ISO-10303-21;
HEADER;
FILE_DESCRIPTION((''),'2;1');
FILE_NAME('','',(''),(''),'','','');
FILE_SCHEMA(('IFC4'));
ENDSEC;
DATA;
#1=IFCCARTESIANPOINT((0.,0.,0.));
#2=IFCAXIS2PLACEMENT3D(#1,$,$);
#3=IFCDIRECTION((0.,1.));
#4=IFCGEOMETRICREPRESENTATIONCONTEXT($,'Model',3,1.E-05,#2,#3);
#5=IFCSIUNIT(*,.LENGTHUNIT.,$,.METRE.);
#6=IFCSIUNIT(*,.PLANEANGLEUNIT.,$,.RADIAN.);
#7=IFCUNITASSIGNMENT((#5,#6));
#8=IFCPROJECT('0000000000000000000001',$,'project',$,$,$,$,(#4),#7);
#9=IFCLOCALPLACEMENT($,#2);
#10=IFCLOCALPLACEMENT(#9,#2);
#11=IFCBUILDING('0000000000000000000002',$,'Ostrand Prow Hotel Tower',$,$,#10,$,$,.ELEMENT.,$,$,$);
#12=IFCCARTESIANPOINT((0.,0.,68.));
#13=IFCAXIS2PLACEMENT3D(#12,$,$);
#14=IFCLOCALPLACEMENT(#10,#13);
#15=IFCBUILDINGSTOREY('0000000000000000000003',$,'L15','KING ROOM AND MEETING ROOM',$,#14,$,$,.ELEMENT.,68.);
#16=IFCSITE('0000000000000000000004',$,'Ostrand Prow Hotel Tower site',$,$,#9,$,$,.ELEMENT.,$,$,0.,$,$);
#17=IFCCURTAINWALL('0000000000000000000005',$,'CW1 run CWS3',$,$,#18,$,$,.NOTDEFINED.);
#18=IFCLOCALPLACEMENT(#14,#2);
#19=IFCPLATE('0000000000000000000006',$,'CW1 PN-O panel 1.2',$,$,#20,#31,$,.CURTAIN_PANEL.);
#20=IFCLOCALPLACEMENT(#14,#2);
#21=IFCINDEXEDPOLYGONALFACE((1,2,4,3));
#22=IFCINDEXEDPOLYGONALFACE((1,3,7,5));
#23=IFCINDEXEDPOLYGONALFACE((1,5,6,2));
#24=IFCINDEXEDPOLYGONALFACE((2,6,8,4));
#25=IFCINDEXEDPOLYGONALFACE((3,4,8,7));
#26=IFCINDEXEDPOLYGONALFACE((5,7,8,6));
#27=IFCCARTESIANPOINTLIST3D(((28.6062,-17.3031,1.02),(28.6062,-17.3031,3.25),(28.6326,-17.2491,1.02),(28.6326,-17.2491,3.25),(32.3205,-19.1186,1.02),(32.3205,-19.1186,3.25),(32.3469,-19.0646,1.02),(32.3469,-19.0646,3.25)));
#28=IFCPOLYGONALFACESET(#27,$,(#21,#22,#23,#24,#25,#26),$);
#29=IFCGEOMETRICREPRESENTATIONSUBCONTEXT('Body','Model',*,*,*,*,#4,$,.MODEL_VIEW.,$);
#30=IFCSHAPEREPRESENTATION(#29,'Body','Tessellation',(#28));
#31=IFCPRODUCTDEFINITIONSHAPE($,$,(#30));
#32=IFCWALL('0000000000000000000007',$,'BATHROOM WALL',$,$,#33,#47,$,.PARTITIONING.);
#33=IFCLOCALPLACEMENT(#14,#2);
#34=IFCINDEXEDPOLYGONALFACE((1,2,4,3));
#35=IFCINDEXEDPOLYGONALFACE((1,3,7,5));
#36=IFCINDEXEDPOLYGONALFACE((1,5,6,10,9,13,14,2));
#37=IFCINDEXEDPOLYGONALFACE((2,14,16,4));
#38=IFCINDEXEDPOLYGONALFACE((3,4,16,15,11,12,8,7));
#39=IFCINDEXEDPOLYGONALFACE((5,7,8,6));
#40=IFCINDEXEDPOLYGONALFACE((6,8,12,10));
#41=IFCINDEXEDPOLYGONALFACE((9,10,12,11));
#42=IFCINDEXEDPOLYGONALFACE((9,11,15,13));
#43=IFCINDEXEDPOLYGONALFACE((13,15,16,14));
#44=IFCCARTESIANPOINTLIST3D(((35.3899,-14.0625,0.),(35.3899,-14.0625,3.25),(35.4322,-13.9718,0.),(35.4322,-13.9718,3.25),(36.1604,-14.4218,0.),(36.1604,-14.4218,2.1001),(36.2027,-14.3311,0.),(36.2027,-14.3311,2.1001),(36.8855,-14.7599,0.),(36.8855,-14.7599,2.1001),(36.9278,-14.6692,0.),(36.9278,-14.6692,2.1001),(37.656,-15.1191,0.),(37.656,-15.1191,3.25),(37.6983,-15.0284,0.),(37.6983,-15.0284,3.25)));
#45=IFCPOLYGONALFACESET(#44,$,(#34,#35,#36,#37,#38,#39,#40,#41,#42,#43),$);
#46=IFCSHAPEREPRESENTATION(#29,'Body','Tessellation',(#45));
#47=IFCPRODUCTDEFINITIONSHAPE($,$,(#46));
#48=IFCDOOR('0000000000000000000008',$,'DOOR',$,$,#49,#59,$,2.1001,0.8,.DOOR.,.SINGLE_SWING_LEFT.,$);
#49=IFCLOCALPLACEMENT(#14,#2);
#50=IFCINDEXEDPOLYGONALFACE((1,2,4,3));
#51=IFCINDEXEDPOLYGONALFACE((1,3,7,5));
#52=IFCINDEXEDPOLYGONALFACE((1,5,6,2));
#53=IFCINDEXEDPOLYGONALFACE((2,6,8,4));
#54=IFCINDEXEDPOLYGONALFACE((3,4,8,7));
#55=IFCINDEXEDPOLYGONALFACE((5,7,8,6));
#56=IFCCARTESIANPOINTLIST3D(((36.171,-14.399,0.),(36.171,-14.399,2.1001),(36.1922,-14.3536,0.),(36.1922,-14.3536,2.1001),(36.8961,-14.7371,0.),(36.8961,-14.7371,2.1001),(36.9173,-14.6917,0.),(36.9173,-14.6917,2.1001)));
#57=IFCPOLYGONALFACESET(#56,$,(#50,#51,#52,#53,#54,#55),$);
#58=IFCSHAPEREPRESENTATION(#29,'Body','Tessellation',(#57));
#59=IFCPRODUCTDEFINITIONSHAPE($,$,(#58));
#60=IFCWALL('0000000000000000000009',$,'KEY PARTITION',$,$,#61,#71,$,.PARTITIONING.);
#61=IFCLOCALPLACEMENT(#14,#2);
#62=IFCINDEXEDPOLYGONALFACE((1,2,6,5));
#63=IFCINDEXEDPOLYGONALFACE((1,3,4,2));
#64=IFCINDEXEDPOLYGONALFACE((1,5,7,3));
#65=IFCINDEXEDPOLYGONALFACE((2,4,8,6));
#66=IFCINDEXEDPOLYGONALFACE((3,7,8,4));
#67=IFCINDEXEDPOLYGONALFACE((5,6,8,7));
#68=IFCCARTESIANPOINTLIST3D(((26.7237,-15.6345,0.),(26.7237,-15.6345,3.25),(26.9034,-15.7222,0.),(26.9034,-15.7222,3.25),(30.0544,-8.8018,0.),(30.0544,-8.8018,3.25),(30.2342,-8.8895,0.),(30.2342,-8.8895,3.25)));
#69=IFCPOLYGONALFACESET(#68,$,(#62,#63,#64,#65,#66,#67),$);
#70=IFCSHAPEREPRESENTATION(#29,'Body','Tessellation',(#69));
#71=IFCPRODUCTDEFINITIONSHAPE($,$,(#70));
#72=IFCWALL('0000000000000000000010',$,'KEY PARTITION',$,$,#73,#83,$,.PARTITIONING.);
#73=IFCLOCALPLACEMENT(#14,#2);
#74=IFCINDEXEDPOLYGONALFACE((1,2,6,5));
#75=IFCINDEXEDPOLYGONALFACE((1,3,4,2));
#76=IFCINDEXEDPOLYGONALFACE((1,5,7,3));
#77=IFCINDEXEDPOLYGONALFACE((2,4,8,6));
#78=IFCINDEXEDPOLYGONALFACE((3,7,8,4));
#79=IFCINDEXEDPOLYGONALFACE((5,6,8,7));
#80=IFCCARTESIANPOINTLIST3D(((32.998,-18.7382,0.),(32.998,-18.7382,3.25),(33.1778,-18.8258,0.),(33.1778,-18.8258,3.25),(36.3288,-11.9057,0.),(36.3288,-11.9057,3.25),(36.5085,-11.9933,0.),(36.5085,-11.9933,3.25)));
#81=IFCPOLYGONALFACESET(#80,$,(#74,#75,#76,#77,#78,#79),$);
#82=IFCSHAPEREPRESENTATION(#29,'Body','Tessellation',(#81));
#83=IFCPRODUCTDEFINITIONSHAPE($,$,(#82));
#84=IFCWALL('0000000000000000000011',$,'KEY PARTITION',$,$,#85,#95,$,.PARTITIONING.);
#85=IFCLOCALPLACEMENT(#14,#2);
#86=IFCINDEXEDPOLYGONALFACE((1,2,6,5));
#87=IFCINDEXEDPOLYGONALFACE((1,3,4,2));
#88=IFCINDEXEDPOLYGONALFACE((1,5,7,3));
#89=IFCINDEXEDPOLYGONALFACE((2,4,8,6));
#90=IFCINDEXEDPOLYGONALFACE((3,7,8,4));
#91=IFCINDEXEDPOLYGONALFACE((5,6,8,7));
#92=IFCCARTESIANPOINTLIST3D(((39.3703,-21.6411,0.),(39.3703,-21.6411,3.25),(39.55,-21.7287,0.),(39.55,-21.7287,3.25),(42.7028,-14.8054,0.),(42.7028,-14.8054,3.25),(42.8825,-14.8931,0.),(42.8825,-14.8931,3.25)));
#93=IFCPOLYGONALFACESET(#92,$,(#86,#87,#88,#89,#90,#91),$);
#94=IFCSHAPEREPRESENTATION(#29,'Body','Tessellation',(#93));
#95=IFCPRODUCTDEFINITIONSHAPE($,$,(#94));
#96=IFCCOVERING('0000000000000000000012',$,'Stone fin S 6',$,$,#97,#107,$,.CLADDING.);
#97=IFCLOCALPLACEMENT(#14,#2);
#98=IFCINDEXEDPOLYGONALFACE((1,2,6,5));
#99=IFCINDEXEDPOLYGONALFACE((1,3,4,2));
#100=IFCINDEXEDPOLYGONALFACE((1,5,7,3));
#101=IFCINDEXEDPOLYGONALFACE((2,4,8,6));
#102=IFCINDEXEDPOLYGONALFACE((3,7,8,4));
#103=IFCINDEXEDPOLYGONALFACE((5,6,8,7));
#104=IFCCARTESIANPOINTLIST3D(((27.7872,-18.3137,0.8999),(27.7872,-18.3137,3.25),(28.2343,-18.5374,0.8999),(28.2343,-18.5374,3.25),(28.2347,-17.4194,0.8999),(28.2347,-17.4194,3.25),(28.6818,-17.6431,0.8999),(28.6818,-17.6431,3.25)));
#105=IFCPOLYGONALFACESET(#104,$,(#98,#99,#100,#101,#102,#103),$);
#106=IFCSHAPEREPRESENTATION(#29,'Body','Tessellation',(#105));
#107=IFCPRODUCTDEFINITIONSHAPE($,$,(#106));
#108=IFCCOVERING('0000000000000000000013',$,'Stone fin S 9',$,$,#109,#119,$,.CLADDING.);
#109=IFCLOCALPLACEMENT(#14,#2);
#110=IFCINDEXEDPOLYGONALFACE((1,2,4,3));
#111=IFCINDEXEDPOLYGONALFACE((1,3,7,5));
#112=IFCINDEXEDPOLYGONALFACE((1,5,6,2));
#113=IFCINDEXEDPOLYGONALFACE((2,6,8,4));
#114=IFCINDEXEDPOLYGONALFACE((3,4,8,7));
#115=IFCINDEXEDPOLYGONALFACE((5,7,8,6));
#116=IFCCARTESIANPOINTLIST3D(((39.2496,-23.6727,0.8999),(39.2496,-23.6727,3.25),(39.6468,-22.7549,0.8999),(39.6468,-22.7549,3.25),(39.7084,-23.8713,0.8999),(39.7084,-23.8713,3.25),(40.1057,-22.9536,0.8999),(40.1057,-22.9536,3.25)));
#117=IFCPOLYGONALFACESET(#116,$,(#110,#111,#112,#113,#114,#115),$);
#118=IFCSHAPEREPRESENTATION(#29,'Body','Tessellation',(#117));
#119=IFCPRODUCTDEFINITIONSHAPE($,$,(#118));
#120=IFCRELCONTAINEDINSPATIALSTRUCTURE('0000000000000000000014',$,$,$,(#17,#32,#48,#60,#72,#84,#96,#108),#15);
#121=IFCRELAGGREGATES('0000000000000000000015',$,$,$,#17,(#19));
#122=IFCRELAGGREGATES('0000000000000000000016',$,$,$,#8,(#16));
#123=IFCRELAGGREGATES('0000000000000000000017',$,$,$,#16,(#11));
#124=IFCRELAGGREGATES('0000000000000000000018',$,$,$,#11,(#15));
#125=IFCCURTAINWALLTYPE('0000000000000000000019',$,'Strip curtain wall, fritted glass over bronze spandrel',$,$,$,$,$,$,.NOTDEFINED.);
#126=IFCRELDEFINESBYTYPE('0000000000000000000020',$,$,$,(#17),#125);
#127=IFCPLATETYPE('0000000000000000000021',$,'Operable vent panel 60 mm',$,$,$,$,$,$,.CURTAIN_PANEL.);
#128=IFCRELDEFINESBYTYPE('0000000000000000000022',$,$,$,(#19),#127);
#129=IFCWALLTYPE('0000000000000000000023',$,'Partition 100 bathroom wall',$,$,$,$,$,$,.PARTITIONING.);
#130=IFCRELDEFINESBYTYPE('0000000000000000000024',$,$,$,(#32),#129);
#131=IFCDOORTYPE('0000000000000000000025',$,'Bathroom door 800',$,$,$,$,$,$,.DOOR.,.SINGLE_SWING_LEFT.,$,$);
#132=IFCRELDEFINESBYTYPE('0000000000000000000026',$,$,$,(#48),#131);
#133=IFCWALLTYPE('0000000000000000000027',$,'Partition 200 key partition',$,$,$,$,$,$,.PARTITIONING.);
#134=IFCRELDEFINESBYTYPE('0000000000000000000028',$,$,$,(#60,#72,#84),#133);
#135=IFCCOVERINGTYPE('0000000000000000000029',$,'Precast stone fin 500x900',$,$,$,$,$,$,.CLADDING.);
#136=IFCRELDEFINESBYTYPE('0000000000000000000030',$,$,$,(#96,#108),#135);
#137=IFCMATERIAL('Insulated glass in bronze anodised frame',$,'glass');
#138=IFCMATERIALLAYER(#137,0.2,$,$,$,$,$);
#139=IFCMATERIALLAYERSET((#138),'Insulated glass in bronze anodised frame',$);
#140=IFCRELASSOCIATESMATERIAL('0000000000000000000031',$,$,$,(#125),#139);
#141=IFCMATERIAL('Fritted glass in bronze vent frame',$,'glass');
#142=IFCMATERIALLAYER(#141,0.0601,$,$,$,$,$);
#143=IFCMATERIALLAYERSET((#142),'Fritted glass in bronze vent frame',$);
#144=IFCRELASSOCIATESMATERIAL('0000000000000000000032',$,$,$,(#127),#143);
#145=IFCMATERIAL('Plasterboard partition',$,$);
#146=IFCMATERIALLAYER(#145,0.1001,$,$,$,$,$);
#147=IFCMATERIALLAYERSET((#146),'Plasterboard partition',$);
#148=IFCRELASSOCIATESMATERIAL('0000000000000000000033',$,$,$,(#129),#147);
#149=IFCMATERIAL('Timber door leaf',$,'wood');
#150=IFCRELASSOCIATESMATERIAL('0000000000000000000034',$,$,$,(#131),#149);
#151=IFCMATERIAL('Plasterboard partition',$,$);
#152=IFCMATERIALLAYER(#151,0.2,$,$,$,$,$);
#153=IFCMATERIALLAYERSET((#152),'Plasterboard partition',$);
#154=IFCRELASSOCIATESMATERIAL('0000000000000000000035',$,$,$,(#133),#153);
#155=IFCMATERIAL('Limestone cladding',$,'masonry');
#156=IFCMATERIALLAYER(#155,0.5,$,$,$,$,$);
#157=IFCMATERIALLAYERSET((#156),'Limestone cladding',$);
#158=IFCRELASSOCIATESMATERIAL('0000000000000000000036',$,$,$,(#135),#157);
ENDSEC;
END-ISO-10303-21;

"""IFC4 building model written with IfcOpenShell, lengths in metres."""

from ifc_helpers import new_model, si_unit, direction, frame, frame_2d, origin, origin_2d, place, context, subcontext, project, spatial, rectangle, extrude, material, layer, layer_set, type_object, element, fill, aggregate, save


model = new_model("IFC4")

# Units and contexts
model_context = context("Model", 3, precision=1e-05, world=origin(), true_north=direction((0.0, 1.0)))
body_context = subcontext(model_context, "Body", "Model", "MODEL_VIEW")
ifc_project = project(units=[si_unit("LENGTHUNIT", "METRE"), si_unit("PLANEANGLEUNIT", "RADIAN")], contexts=[model_context])

# Site, building, storey
site_placement = place(None, origin())
site = spatial("IfcSite", under=ifc_project, at=site_placement, Name="Ostrand Prow Hotel Tower site", CompositionType="ELEMENT", RefElevation=0.0)
building_placement = place(site_placement, origin())
building = spatial("IfcBuilding", under=site, at=building_placement, Name="Ostrand Prow Hotel Tower", CompositionType="ELEMENT")
storey_placement = place(building_placement, frame((0.0, 0.0, 68.0)))
storey = spatial("IfcBuildingStorey", under=building, at=storey_placement, Name="L15", Description="KING ROOM AND MEETING ROOM", CompositionType="ELEMENT", Elevation=68.0)

# Shared definitions
ifc_material_1 = material(Name="Insulated glass in bronze anodised frame", Category="glass")
ifc_layer_1 = layer(ifc_material_1, 0.2)
ifc_layer_set_1 = layer_set([ifc_layer_1], Name="Insulated glass in bronze anodised frame")
curtain_wall_type = type_object("IfcCurtainWallType", Name="Strip curtain wall, fritted glass over bronze spandrel", PredefinedType="NOTDEFINED", material=ifc_layer_set_1)

# Curtain wall
curtain_wall_1_placement = place(storey_placement, origin())
curtain_wall_1 = element("IfcCurtainWall", 1, at=curtain_wall_1_placement, inside=storey, type_object=curtain_wall_type, Name="CW1 run CWS3", PredefinedType="NOTDEFINED")

# Plate
ifc_material_2 = material(Name="Fritted glass in bronze vent frame", Category="glass")
ifc_layer_2 = layer(ifc_material_2, 0.0601)
ifc_layer_set_2 = layer_set([ifc_layer_2], Name="Fritted glass in bronze vent frame")
plate_type_1 = type_object("IfcPlateType", Name="Operable vent panel 60 mm", PredefinedType="CURTAIN_PANEL", material=ifc_layer_set_2)
plate_1_placement = place(storey_placement, frame((30.4766, -18.1838, 1.02), z_axis=(0.0, 0.0, 1.0), x_axis=(0.89842, -0.439138, 0.0)))
plate_1 = element("IfcPlate", 2, at=plate_1_placement, type_object=plate_type_1, Name="CW1 PN-O panel 1.2", PredefinedType="CURTAIN_PANEL", context=body_context, shape_type="SweptSolid", body=[
    extrude(rectangle(XDim=4.1343, YDim=0.0601, at=origin_2d()), origin(), (0.0, 0.0, 1.0), 2.23),
])
aggregate(curtain_wall_1, [plate_1])

# Wall, opening, door
ifc_material_3 = material(Name="Plasterboard partition")
ifc_layer_3 = layer(ifc_material_3, 0.1001)
ifc_layer_set_3 = layer_set([ifc_layer_3], Name="Plasterboard partition")
wall_type_1 = type_object("IfcWallType", Name="Partition 100 bathroom wall", PredefinedType="PARTITIONING", material=ifc_layer_set_3)
wall_1_placement = place(storey_placement, frame((37.677, -15.0737, 0.0), z_axis=(0.0, 0.0, 1.0), x_axis=(-0.906318, 0.422597, 0.0)))
wall_1 = element("IfcWall", 3, at=wall_1_placement, inside=storey, type_object=wall_type_1, Name="BATHROOM WALL", PredefinedType="PARTITIONING", context=body_context, shape_type="SweptSolid", body=[
    extrude(rectangle(XDim=2.5002, YDim=0.1001, at=frame_2d((1.25, 0.0))), origin(), (0.0, 0.0, 1.0), 3.25),
])
opening_placement = place(wall_1_placement, frame((0.8501, 0.0, 0.0)))
opening = element("IfcOpeningElement", 4, at=opening_placement, cuts=wall_1, PredefinedType="OPENING", context=body_context, shape_type="SweptSolid", body=[
    extrude(rectangle(XDim=0.8, YDim=2.1001, at=frame_2d((0.3999, 1.05))), frame((0.0, 0.0601, 0.0), z_axis=(0.0, -1.0, 0.0), x_axis=(1.0, 0.0, 0.0)), (0.0, 0.0, 1.0), 0.1201),
])
ifc_material_4 = material(Name="Timber door leaf", Category="wood")
door_type = type_object("IfcDoorType", Name="Bathroom door 800", OperationType="SINGLE_SWING_LEFT", PredefinedType="DOOR", material=ifc_material_4)
door_placement = place(opening_placement, origin())
door = element("IfcDoor", 5, at=door_placement, inside=storey, type_object=door_type, Name="DOOR", OperationType="SINGLE_SWING_LEFT", OverallHeight=2.1001, OverallWidth=0.8, PredefinedType="DOOR", context=body_context, shape_type="SweptSolid", body=[
    extrude(rectangle(XDim=0.8, YDim=2.1001, at=frame_2d((0.3999, 1.05))), frame((0.0, 0.0249, 0.0), z_axis=(0.0, -1.0, 0.0), x_axis=(1.0, 0.0, 0.0)), (0.0, 0.0, 1.0), 0.05),
])
fill(opening, door)

# Walls
ifc_material_5 = material(Name="Plasterboard partition")
ifc_layer_4 = layer(ifc_material_5, 0.2)
ifc_layer_set_4 = layer_set([ifc_layer_4], Name="Plasterboard partition")
wall_type_2 = type_object("IfcWallType", Name="Partition 200 key partition", PredefinedType="PARTITIONING", material=ifc_layer_set_4)
wall_2_placement = place(storey_placement, frame((26.8135, -15.6785, 0.0), z_axis=(0.0, 0.0, 1.0), x_axis=(0.438185, 0.898885, 0.0)))
element("IfcWall", 6, at=wall_2_placement, inside=storey, type_object=wall_type_2, Name="KEY PARTITION", PredefinedType="PARTITIONING", context=body_context, shape_type="SweptSolid", body=[
    extrude(rectangle(XDim=7.6013, YDim=0.2, at=frame_2d((3.8008, 0.0))), origin(), (0.0, 0.0, 1.0), 3.25),
])
wall_3_placement = place(storey_placement, frame((33.0879, -18.782, 0.0), z_axis=(0.0, 0.0, 1.0), x_axis=(0.438198, 0.898879, 0.0)))
element("IfcWall", 7, at=wall_3_placement, inside=storey, type_object=wall_type_2, Name="KEY PARTITION", PredefinedType="PARTITIONING", context=body_context, shape_type="SweptSolid", body=[
    extrude(rectangle(XDim=7.6011, YDim=0.2, at=frame_2d((3.8005, 0.0))), origin(), (0.0, 0.0, 1.0), 3.25),
])
wall_4_placement = place(storey_placement, frame((39.4602, -21.6848, 0.0), z_axis=(0.0, 0.0, 1.0), x_axis=(0.438215, 0.89887, 0.0)))
element("IfcWall", 8, at=wall_4_placement, inside=storey, type_object=wall_type_2, Name="KEY PARTITION", PredefinedType="PARTITIONING", context=body_context, shape_type="SweptSolid", body=[
    extrude(rectangle(XDim=7.6047, YDim=0.2, at=frame_2d((3.8022, 0.0))), origin(), (0.0, 0.0, 1.0), 3.25),
])

# Coverings
ifc_material_6 = material(Name="Limestone cladding", Category="masonry")
ifc_layer_5 = layer(ifc_material_6, 0.5)
ifc_layer_set_5 = layer_set([ifc_layer_5], Name="Limestone cladding")
covering_type = type_object("IfcCoveringType", Name="Precast stone fin 500x900", PredefinedType="CLADDING", material=ifc_layer_set_5)
for number, where, z_axis, x_axis, name in (
    (9, (28.4583, -17.5312, 0.8999), (0.0, 0.0, 1.0), (-0.447507, -0.894281, 0.0), "Stone fin S 6"),
    (10, (39.8762, -22.8542, 0.8999), (0.0, 0.0, 1.0), (-0.397217, -0.917725, 0.0), "Stone fin S 9"),
):
    element("IfcCovering", number, at=place(storey_placement, frame(where, z_axis=z_axis, x_axis=x_axis)), inside=storey, type_object=covering_type, Name=name, PredefinedType="CLADDING", context=body_context, shape_type="SweptSolid", body=[
        extrude(rectangle(XDim=1.0, YDim=0.5, at=frame_2d((0.5, 0.0))), origin(), (0.0, 0.0, 1.0), 2.3501),
    ])

save(model, "model.ifc")
